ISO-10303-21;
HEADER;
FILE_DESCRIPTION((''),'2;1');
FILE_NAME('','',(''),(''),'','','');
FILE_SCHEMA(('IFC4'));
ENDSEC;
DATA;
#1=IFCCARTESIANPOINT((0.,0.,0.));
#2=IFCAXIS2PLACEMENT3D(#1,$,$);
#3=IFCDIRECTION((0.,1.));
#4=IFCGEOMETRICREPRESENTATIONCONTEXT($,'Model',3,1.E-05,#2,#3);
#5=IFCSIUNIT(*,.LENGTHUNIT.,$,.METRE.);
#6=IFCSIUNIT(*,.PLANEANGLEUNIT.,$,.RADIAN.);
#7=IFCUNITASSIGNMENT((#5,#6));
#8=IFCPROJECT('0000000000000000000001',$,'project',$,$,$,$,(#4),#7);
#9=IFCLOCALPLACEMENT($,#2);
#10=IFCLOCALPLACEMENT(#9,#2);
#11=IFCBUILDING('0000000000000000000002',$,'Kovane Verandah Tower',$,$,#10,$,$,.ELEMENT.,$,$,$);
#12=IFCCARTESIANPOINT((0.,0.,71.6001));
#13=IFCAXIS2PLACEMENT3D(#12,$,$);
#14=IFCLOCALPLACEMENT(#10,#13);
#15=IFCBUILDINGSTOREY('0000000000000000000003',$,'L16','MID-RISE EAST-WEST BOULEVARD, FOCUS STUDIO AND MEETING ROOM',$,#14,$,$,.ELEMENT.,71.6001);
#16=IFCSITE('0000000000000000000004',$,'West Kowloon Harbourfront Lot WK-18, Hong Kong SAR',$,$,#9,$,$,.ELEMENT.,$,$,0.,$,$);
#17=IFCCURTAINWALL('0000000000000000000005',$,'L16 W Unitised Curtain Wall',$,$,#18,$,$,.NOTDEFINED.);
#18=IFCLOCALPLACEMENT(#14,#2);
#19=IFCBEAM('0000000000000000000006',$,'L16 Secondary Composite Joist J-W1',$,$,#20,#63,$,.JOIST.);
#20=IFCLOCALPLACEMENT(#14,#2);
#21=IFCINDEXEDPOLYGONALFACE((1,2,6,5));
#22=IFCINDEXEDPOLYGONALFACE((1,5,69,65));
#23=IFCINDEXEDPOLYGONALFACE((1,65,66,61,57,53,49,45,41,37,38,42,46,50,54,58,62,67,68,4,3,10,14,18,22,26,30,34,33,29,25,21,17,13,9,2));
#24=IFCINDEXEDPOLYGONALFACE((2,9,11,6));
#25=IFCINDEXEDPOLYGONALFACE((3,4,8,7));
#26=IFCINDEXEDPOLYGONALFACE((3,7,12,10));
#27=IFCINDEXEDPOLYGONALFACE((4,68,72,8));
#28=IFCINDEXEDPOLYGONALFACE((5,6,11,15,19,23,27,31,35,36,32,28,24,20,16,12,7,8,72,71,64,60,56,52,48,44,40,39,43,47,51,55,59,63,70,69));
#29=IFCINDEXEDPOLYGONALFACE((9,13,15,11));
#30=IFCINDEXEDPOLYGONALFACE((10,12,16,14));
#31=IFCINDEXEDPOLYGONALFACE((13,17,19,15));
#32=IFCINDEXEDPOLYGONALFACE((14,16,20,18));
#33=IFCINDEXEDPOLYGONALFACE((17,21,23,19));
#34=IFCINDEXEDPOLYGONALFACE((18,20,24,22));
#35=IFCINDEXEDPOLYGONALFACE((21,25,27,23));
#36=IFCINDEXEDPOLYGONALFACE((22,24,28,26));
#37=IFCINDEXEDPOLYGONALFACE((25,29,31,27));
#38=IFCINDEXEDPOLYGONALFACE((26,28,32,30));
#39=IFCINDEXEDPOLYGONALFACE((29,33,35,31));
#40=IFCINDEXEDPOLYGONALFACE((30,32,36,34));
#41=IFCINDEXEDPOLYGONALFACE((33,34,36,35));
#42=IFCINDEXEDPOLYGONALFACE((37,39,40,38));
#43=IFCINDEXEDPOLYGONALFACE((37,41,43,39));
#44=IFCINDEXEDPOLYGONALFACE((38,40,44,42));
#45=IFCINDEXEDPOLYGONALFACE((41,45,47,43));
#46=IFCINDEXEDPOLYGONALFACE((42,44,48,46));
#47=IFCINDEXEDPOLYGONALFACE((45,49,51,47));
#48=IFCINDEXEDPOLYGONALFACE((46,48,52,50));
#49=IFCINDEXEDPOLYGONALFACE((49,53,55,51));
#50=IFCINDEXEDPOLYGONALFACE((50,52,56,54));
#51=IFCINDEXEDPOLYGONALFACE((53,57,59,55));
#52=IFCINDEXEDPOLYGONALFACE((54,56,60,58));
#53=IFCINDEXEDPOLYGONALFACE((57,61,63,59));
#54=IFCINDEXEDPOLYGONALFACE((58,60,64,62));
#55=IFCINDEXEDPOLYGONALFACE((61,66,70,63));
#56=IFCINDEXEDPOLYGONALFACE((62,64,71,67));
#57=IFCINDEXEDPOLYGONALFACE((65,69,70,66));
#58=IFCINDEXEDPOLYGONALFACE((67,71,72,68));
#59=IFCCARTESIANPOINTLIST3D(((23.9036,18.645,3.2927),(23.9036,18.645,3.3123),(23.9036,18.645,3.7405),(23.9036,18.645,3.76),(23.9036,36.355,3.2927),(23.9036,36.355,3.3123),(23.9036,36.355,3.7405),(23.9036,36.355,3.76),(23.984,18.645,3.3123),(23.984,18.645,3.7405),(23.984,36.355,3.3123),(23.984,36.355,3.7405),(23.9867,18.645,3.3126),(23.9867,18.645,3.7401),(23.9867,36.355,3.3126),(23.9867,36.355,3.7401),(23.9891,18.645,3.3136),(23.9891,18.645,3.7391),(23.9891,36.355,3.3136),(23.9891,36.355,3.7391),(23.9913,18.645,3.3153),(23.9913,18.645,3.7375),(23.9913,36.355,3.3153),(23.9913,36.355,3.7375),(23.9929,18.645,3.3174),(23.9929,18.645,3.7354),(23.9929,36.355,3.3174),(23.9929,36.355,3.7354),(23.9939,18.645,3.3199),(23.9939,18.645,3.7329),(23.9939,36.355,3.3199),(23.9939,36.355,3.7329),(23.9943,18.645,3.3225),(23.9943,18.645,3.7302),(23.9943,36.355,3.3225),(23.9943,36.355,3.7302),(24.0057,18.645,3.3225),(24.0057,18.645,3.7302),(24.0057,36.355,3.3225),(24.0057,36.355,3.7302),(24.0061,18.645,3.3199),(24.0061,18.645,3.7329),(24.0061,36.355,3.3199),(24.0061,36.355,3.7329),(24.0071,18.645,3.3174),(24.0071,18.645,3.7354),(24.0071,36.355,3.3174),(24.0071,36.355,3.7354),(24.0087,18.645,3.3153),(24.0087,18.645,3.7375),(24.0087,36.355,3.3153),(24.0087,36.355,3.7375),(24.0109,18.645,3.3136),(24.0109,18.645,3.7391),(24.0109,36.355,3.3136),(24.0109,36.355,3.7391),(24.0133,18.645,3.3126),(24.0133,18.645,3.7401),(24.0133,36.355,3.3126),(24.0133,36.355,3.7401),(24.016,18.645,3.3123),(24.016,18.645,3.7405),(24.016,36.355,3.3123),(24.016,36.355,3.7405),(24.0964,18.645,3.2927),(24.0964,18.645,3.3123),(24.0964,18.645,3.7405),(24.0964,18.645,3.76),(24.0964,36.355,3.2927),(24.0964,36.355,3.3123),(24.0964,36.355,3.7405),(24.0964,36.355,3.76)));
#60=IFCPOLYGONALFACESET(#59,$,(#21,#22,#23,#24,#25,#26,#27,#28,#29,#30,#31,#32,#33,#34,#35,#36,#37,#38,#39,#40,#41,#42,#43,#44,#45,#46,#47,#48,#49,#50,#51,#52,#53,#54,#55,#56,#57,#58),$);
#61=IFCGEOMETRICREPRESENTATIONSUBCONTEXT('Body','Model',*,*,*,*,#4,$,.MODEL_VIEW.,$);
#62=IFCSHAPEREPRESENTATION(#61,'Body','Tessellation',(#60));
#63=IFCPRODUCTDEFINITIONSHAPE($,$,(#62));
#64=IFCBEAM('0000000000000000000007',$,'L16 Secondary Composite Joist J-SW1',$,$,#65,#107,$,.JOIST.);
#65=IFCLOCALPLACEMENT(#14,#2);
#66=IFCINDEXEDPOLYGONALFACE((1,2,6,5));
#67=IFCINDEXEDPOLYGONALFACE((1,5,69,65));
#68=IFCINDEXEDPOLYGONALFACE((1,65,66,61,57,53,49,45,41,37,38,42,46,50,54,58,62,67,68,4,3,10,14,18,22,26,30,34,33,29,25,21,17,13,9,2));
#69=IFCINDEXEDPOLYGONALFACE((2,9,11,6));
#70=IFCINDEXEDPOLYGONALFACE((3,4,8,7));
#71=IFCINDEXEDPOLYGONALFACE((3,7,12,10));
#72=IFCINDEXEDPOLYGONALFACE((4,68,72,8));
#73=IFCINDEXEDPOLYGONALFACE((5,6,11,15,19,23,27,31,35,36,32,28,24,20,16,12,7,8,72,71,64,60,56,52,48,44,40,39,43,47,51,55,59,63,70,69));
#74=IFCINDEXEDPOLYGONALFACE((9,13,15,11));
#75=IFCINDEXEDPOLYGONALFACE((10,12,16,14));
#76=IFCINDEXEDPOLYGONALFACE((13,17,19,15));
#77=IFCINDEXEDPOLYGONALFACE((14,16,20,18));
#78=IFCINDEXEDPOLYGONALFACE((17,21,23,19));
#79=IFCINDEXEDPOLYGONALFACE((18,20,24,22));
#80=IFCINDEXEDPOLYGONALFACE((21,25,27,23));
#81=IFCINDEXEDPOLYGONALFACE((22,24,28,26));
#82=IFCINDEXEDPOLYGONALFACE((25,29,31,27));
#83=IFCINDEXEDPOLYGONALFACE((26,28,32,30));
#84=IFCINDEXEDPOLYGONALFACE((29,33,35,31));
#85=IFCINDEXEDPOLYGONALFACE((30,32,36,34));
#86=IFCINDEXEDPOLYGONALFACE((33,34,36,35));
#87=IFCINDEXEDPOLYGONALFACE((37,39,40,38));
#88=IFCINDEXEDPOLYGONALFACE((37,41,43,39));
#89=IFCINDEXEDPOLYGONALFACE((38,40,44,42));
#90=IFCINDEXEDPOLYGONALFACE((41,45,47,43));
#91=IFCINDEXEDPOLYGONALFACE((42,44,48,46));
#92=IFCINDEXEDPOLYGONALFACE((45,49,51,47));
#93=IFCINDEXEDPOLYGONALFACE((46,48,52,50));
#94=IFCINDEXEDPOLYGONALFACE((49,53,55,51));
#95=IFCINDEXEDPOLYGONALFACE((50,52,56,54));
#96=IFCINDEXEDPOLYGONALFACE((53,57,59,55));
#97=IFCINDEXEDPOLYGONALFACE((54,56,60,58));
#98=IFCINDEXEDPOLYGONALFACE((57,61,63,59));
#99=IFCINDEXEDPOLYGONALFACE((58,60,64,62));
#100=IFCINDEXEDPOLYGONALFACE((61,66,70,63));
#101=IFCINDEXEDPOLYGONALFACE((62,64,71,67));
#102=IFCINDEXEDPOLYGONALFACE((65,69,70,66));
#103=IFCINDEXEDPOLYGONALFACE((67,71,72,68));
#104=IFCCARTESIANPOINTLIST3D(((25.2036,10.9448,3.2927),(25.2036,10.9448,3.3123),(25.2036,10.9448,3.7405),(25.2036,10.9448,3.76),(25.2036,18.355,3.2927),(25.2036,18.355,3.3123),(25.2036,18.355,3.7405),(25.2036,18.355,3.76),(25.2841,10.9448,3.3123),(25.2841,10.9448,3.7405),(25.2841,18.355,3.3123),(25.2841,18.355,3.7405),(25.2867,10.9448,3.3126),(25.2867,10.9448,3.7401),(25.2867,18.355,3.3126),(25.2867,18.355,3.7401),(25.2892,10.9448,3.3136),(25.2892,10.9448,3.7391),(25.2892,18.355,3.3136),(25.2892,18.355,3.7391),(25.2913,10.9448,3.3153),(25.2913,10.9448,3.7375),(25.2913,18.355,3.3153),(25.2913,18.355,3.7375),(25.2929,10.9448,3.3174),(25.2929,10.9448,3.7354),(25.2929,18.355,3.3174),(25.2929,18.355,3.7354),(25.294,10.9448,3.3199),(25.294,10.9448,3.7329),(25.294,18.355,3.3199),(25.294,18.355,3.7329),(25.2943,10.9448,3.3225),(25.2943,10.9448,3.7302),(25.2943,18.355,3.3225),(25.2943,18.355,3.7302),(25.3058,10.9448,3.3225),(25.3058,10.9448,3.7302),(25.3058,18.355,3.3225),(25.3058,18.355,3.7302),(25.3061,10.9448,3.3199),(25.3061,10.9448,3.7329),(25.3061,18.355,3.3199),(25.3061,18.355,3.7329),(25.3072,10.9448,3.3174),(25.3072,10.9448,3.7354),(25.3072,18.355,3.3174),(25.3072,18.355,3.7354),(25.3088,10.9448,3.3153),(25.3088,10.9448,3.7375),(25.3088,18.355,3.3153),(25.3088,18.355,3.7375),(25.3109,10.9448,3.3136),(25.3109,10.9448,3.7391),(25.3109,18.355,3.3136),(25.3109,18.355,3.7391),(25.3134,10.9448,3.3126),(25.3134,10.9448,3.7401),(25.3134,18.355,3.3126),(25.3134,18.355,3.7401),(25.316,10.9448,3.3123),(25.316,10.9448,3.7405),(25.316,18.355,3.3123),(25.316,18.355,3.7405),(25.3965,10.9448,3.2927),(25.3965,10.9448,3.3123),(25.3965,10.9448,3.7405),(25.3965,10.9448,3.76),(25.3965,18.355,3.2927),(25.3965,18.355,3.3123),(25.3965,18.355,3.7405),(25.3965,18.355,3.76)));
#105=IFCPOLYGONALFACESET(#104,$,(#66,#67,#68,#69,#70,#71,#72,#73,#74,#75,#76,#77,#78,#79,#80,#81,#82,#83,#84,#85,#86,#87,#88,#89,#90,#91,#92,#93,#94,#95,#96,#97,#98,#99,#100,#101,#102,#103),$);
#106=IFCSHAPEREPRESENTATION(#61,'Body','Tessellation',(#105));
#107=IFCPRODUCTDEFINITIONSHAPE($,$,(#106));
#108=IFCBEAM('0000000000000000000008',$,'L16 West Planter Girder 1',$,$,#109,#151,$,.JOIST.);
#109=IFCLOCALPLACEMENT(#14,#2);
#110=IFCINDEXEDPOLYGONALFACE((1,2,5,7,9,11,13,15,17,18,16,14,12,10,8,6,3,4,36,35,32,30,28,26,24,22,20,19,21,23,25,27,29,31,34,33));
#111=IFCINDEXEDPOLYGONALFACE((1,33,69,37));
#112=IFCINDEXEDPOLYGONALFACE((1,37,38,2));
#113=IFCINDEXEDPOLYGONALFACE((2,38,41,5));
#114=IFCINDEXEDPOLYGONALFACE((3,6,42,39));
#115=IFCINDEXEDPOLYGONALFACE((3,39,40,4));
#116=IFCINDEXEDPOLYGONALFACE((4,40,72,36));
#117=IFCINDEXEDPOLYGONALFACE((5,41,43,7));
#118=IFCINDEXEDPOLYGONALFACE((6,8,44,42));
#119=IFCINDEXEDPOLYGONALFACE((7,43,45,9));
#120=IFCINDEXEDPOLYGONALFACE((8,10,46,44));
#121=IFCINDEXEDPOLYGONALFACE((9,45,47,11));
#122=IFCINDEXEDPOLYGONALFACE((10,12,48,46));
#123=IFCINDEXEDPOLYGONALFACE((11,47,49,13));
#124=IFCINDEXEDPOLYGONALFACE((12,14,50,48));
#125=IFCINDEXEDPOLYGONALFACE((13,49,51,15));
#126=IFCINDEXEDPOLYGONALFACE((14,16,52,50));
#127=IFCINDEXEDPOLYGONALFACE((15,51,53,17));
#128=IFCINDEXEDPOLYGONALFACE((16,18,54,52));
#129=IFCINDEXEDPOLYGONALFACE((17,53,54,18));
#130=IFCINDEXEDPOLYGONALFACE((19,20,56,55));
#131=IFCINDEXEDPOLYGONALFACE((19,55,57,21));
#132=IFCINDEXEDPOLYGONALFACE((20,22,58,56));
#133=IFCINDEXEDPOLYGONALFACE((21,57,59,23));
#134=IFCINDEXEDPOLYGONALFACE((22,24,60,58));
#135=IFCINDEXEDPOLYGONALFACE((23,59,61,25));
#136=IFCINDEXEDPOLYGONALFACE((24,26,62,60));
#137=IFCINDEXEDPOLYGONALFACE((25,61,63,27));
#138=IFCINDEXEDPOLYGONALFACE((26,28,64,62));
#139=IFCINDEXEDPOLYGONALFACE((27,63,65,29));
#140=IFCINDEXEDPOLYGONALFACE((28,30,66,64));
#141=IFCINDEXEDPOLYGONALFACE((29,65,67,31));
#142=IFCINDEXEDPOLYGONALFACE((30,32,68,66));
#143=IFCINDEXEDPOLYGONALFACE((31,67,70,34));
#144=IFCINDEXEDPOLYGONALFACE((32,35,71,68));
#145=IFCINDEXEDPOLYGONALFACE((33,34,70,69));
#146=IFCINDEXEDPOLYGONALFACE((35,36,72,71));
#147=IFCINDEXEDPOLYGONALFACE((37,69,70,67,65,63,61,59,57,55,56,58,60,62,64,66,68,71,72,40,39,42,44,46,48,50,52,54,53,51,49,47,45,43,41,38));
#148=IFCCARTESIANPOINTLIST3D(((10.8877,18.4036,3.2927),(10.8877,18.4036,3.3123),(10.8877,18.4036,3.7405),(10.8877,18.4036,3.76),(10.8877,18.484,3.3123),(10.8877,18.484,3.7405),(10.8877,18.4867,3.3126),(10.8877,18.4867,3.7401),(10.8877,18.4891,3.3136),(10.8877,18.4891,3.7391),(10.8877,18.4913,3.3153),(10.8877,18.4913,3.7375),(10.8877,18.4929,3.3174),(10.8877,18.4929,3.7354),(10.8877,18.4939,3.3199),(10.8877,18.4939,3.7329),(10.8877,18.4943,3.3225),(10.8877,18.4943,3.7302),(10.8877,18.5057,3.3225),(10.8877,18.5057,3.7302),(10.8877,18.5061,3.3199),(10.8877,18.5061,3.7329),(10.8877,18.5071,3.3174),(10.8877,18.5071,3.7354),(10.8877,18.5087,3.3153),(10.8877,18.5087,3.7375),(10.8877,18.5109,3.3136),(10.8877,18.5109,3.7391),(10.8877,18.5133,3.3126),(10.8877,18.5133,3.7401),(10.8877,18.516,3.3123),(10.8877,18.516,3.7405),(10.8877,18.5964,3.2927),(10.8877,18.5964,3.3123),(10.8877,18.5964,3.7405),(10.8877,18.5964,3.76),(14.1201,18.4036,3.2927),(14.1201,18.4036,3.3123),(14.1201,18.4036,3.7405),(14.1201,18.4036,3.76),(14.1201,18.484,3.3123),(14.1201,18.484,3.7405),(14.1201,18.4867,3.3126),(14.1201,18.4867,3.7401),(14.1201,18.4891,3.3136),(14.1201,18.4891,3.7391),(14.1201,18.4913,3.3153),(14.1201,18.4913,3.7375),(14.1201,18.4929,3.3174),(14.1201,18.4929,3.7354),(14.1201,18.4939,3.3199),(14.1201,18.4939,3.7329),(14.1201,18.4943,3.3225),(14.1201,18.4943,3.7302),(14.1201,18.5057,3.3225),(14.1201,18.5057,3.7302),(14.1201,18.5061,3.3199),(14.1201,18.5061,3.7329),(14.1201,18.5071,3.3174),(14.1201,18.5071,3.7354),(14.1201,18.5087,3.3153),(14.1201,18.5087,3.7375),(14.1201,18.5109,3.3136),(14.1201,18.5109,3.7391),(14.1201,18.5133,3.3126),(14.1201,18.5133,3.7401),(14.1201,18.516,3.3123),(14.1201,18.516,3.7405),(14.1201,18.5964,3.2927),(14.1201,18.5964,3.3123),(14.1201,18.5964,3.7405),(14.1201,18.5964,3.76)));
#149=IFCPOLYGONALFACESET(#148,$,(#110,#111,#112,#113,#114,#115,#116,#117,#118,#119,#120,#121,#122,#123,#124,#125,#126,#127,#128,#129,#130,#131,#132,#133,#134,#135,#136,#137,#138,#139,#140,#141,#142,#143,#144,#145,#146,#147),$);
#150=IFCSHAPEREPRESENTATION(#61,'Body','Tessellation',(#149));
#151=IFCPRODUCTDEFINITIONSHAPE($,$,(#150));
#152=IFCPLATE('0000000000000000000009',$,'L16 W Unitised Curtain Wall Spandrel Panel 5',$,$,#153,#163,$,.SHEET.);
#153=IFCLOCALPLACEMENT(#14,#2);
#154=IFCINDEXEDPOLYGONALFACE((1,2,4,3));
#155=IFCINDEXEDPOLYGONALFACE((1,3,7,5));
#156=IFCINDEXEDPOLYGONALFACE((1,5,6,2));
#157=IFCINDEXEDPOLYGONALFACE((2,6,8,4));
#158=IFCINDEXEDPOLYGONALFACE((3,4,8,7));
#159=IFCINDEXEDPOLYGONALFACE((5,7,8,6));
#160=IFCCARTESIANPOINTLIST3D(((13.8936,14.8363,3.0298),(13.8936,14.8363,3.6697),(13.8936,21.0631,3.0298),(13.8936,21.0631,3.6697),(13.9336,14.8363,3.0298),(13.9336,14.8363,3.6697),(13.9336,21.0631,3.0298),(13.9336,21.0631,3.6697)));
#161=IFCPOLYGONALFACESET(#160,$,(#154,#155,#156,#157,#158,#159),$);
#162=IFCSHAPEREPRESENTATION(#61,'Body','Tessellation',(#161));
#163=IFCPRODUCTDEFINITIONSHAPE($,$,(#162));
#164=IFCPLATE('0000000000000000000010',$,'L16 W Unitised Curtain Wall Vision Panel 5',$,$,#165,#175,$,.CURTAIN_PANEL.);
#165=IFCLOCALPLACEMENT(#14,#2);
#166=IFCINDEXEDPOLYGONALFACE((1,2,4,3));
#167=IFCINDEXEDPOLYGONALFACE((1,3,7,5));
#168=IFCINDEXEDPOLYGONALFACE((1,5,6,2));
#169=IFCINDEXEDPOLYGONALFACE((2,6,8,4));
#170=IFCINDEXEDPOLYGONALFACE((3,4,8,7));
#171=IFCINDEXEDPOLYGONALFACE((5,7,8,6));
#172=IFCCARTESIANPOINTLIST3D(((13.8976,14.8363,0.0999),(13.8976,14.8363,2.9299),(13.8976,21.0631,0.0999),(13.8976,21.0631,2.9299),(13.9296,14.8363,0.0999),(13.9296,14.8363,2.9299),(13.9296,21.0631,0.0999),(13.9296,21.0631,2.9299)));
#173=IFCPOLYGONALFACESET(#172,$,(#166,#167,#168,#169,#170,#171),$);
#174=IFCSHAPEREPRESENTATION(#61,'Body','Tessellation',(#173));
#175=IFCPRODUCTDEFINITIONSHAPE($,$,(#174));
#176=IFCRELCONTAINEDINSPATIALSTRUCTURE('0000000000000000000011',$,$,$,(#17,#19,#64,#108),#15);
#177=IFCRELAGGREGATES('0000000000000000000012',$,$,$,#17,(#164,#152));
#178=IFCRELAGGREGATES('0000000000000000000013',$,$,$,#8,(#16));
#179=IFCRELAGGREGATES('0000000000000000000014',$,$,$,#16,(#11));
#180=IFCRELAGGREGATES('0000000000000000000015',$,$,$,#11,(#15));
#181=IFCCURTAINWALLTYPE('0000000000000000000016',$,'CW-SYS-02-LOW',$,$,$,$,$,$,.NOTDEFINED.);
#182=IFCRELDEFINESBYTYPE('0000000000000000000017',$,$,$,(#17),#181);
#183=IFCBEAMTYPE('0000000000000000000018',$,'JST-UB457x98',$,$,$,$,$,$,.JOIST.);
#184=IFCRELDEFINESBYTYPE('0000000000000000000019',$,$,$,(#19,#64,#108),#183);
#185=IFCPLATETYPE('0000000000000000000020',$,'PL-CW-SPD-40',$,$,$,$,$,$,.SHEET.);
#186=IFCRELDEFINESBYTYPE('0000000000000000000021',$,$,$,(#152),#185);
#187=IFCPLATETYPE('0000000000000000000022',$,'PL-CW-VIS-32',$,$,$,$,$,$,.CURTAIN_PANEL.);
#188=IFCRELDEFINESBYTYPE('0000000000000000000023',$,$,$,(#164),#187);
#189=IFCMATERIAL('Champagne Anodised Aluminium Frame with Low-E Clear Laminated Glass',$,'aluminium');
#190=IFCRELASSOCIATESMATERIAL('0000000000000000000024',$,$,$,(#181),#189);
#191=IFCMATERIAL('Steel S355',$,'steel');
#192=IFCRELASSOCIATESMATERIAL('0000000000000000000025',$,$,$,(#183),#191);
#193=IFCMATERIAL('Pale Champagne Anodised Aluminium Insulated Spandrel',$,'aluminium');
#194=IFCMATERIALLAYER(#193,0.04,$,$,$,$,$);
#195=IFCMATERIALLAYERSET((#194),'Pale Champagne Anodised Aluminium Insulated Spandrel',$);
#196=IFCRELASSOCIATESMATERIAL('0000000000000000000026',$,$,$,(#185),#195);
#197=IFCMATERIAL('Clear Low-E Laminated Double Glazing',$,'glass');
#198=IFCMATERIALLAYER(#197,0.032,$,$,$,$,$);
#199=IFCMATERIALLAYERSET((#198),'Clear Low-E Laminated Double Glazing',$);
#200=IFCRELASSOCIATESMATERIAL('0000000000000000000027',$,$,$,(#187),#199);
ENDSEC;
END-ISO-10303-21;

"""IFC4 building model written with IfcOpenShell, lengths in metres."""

from ifc_helpers import new_model, si_unit, direction, frame, origin, origin_2d, place, context, subcontext, project, spatial, rectangle, i_section, extrude, material, layer, layer_set, material_profile, profile_set, type_object, element, aggregate, save


model = new_model("IFC4")

# Units and contexts
model_context = context("Model", 3, precision=1e-05, world=origin(), true_north=direction((0.0, 1.0)))
body_context = subcontext(model_context, "Body", "Model", "MODEL_VIEW")
ifc_project = project(units=[si_unit("LENGTHUNIT", "METRE"), si_unit("PLANEANGLEUNIT", "RADIAN")], contexts=[model_context])

# Site, building, storey
site_placement = place(None, origin())
site = spatial("IfcSite", under=ifc_project, at=site_placement, Name="West Kowloon Harbourfront Lot WK-18, Hong Kong SAR", CompositionType="ELEMENT", RefElevation=0.0)
building_placement = place(site_placement, origin())
building = spatial("IfcBuilding", under=site, at=building_placement, Name="Kovane Verandah Tower", CompositionType="ELEMENT")
storey_placement = place(building_placement, frame((0.0, 0.0, 71.6001)))
storey = spatial("IfcBuildingStorey", under=building, at=storey_placement, Name="L16", Description="MID-RISE EAST-WEST BOULEVARD, FOCUS STUDIO AND MEETING ROOM", CompositionType="ELEMENT", Elevation=71.6001)

# Shared definitions
ifc_material_1 = material(Name="Steel S355", Category="steel")

# Curtain wall
ifc_material_2 = material(Name="Champagne Anodised Aluminium Frame with Low-E Clear Laminated Glass", Category="aluminium")
curtain_wall_type = type_object("IfcCurtainWallType", Name="CW-SYS-02-LOW", PredefinedType="NOTDEFINED", material=ifc_material_2)
curtain_wall_placement = place(storey_placement, origin())
curtain_wall = element("IfcCurtainWall", 1, at=curtain_wall_placement, inside=storey, type_object=curtain_wall_type, Name="L16 W Unitised Curtain Wall", PredefinedType="NOTDEFINED")

# Beams
ifc_material_profile_1 = material_profile(ifc_material_1, i_section(OverallWidth=0.1929, OverallDepth=0.4673, WebThickness=0.0115, FlangeThickness=0.0195, FilletRadius=0.0103, at=origin_2d()), Name="UB457x191x98")
ifc_profile_set_1 = profile_set([ifc_material_profile_1], Name="Steel S355")
beam_type_1 = type_object("IfcBeamType", Name="JST-UB457x98", PredefinedType="JOIST", material=ifc_profile_set_1)
beam_1_placement = place(storey_placement, frame((24.0, 18.645, 3.5264), z_axis=(0.0, 1.0, 0.0), x_axis=(-1.0, 0.0, 0.0)))
element("IfcBeam", 2, at=beam_1_placement, inside=storey, type_object=beam_type_1, Name="L16 Secondary Composite Joist J-W1", PredefinedType="JOIST", context=body_context, shape_type="SweptSolid", body=[
    extrude(i_section(OverallWidth=0.1929, OverallDepth=0.4673, WebThickness=0.0115, FlangeThickness=0.0195, FilletRadius=0.0103, at=origin_2d()), origin(), (0.0, 0.0, 1.0), 17.71),
])
beam_2_placement = place(storey_placement, frame((25.3, 10.9448, 3.5264), z_axis=(0.0, 1.0, 0.0), x_axis=(-1.0, 0.0, 0.0)))
element("IfcBeam", 3, at=beam_2_placement, inside=storey, type_object=beam_type_1, Name="L16 Secondary Composite Joist J-SW1", PredefinedType="JOIST", context=body_context, shape_type="SweptSolid", body=[
    extrude(i_section(OverallWidth=0.1929, OverallDepth=0.4673, WebThickness=0.0115, FlangeThickness=0.0195, FilletRadius=0.0103, at=origin_2d()), origin(), (0.0, 0.0, 1.0), 7.4102),
])
beam_3_placement = place(storey_placement, frame((14.1201, 18.5, 3.5264), z_axis=(-1.0, 0.0, 0.0), x_axis=(0.0, -1.0, 0.0)))
element("IfcBeam", 4, at=beam_3_placement, inside=storey, type_object=beam_type_1, Name="L16 West Planter Girder 1", PredefinedType="JOIST", context=body_context, shape_type="SweptSolid", body=[
    extrude(i_section(OverallWidth=0.1929, OverallDepth=0.4673, WebThickness=0.0115, FlangeThickness=0.0195, FilletRadius=0.0103, at=origin_2d()), origin(), (0.0, 0.0, 1.0), 3.2324),
])

# Plates
ifc_material_3 = material(Name="Pale Champagne Anodised Aluminium Insulated Spandrel", Category="aluminium")
ifc_layer_1 = layer(ifc_material_3, 0.04)
ifc_layer_set_1 = layer_set([ifc_layer_1], Name="Pale Champagne Anodised Aluminium Insulated Spandrel")
plate_type_1 = type_object("IfcPlateType", Name="PL-CW-SPD-40", PredefinedType="SHEET", material=ifc_layer_set_1)
plate_1_placement = place(storey_placement, frame((13.9136, 17.9497, 3.0298), z_axis=(0.0, 0.0, 1.0), x_axis=(0.0, -1.0, 0.0)))
plate_1 = element("IfcPlate", 5, at=plate_1_placement, type_object=plate_type_1, Name="L16 W Unitised Curtain Wall Spandrel Panel 5", PredefinedType="SHEET", context=body_context, shape_type="SweptSolid", body=[
    extrude(rectangle(XDim=6.2268, YDim=0.04, at=origin_2d()), origin(), (0.0, 0.0, 1.0), 0.6399),
])
ifc_material_4 = material(Name="Clear Low-E Laminated Double Glazing", Category="glass")
ifc_layer_2 = layer(ifc_material_4, 0.032)
ifc_layer_set_2 = layer_set([ifc_layer_2], Name="Clear Low-E Laminated Double Glazing")
plate_type_2 = type_object("IfcPlateType", Name="PL-CW-VIS-32", PredefinedType="CURTAIN_PANEL", material=ifc_layer_set_2)
plate_2_placement = place(storey_placement, frame((13.9136, 17.9497, 0.0999), z_axis=(0.0, 0.0, 1.0), x_axis=(0.0, -1.0, 0.0)))
plate_2 = element("IfcPlate", 6, at=plate_2_placement, type_object=plate_type_2, Name="L16 W Unitised Curtain Wall Vision Panel 5", PredefinedType="CURTAIN_PANEL", context=body_context, shape_type="SweptSolid", body=[
    extrude(rectangle(XDim=6.2268, YDim=0.032, at=origin_2d()), origin(), (0.0, 0.0, 1.0), 2.8301),
])
aggregate(curtain_wall, [plate_2, plate_1])

save(model, "model.ifc")
